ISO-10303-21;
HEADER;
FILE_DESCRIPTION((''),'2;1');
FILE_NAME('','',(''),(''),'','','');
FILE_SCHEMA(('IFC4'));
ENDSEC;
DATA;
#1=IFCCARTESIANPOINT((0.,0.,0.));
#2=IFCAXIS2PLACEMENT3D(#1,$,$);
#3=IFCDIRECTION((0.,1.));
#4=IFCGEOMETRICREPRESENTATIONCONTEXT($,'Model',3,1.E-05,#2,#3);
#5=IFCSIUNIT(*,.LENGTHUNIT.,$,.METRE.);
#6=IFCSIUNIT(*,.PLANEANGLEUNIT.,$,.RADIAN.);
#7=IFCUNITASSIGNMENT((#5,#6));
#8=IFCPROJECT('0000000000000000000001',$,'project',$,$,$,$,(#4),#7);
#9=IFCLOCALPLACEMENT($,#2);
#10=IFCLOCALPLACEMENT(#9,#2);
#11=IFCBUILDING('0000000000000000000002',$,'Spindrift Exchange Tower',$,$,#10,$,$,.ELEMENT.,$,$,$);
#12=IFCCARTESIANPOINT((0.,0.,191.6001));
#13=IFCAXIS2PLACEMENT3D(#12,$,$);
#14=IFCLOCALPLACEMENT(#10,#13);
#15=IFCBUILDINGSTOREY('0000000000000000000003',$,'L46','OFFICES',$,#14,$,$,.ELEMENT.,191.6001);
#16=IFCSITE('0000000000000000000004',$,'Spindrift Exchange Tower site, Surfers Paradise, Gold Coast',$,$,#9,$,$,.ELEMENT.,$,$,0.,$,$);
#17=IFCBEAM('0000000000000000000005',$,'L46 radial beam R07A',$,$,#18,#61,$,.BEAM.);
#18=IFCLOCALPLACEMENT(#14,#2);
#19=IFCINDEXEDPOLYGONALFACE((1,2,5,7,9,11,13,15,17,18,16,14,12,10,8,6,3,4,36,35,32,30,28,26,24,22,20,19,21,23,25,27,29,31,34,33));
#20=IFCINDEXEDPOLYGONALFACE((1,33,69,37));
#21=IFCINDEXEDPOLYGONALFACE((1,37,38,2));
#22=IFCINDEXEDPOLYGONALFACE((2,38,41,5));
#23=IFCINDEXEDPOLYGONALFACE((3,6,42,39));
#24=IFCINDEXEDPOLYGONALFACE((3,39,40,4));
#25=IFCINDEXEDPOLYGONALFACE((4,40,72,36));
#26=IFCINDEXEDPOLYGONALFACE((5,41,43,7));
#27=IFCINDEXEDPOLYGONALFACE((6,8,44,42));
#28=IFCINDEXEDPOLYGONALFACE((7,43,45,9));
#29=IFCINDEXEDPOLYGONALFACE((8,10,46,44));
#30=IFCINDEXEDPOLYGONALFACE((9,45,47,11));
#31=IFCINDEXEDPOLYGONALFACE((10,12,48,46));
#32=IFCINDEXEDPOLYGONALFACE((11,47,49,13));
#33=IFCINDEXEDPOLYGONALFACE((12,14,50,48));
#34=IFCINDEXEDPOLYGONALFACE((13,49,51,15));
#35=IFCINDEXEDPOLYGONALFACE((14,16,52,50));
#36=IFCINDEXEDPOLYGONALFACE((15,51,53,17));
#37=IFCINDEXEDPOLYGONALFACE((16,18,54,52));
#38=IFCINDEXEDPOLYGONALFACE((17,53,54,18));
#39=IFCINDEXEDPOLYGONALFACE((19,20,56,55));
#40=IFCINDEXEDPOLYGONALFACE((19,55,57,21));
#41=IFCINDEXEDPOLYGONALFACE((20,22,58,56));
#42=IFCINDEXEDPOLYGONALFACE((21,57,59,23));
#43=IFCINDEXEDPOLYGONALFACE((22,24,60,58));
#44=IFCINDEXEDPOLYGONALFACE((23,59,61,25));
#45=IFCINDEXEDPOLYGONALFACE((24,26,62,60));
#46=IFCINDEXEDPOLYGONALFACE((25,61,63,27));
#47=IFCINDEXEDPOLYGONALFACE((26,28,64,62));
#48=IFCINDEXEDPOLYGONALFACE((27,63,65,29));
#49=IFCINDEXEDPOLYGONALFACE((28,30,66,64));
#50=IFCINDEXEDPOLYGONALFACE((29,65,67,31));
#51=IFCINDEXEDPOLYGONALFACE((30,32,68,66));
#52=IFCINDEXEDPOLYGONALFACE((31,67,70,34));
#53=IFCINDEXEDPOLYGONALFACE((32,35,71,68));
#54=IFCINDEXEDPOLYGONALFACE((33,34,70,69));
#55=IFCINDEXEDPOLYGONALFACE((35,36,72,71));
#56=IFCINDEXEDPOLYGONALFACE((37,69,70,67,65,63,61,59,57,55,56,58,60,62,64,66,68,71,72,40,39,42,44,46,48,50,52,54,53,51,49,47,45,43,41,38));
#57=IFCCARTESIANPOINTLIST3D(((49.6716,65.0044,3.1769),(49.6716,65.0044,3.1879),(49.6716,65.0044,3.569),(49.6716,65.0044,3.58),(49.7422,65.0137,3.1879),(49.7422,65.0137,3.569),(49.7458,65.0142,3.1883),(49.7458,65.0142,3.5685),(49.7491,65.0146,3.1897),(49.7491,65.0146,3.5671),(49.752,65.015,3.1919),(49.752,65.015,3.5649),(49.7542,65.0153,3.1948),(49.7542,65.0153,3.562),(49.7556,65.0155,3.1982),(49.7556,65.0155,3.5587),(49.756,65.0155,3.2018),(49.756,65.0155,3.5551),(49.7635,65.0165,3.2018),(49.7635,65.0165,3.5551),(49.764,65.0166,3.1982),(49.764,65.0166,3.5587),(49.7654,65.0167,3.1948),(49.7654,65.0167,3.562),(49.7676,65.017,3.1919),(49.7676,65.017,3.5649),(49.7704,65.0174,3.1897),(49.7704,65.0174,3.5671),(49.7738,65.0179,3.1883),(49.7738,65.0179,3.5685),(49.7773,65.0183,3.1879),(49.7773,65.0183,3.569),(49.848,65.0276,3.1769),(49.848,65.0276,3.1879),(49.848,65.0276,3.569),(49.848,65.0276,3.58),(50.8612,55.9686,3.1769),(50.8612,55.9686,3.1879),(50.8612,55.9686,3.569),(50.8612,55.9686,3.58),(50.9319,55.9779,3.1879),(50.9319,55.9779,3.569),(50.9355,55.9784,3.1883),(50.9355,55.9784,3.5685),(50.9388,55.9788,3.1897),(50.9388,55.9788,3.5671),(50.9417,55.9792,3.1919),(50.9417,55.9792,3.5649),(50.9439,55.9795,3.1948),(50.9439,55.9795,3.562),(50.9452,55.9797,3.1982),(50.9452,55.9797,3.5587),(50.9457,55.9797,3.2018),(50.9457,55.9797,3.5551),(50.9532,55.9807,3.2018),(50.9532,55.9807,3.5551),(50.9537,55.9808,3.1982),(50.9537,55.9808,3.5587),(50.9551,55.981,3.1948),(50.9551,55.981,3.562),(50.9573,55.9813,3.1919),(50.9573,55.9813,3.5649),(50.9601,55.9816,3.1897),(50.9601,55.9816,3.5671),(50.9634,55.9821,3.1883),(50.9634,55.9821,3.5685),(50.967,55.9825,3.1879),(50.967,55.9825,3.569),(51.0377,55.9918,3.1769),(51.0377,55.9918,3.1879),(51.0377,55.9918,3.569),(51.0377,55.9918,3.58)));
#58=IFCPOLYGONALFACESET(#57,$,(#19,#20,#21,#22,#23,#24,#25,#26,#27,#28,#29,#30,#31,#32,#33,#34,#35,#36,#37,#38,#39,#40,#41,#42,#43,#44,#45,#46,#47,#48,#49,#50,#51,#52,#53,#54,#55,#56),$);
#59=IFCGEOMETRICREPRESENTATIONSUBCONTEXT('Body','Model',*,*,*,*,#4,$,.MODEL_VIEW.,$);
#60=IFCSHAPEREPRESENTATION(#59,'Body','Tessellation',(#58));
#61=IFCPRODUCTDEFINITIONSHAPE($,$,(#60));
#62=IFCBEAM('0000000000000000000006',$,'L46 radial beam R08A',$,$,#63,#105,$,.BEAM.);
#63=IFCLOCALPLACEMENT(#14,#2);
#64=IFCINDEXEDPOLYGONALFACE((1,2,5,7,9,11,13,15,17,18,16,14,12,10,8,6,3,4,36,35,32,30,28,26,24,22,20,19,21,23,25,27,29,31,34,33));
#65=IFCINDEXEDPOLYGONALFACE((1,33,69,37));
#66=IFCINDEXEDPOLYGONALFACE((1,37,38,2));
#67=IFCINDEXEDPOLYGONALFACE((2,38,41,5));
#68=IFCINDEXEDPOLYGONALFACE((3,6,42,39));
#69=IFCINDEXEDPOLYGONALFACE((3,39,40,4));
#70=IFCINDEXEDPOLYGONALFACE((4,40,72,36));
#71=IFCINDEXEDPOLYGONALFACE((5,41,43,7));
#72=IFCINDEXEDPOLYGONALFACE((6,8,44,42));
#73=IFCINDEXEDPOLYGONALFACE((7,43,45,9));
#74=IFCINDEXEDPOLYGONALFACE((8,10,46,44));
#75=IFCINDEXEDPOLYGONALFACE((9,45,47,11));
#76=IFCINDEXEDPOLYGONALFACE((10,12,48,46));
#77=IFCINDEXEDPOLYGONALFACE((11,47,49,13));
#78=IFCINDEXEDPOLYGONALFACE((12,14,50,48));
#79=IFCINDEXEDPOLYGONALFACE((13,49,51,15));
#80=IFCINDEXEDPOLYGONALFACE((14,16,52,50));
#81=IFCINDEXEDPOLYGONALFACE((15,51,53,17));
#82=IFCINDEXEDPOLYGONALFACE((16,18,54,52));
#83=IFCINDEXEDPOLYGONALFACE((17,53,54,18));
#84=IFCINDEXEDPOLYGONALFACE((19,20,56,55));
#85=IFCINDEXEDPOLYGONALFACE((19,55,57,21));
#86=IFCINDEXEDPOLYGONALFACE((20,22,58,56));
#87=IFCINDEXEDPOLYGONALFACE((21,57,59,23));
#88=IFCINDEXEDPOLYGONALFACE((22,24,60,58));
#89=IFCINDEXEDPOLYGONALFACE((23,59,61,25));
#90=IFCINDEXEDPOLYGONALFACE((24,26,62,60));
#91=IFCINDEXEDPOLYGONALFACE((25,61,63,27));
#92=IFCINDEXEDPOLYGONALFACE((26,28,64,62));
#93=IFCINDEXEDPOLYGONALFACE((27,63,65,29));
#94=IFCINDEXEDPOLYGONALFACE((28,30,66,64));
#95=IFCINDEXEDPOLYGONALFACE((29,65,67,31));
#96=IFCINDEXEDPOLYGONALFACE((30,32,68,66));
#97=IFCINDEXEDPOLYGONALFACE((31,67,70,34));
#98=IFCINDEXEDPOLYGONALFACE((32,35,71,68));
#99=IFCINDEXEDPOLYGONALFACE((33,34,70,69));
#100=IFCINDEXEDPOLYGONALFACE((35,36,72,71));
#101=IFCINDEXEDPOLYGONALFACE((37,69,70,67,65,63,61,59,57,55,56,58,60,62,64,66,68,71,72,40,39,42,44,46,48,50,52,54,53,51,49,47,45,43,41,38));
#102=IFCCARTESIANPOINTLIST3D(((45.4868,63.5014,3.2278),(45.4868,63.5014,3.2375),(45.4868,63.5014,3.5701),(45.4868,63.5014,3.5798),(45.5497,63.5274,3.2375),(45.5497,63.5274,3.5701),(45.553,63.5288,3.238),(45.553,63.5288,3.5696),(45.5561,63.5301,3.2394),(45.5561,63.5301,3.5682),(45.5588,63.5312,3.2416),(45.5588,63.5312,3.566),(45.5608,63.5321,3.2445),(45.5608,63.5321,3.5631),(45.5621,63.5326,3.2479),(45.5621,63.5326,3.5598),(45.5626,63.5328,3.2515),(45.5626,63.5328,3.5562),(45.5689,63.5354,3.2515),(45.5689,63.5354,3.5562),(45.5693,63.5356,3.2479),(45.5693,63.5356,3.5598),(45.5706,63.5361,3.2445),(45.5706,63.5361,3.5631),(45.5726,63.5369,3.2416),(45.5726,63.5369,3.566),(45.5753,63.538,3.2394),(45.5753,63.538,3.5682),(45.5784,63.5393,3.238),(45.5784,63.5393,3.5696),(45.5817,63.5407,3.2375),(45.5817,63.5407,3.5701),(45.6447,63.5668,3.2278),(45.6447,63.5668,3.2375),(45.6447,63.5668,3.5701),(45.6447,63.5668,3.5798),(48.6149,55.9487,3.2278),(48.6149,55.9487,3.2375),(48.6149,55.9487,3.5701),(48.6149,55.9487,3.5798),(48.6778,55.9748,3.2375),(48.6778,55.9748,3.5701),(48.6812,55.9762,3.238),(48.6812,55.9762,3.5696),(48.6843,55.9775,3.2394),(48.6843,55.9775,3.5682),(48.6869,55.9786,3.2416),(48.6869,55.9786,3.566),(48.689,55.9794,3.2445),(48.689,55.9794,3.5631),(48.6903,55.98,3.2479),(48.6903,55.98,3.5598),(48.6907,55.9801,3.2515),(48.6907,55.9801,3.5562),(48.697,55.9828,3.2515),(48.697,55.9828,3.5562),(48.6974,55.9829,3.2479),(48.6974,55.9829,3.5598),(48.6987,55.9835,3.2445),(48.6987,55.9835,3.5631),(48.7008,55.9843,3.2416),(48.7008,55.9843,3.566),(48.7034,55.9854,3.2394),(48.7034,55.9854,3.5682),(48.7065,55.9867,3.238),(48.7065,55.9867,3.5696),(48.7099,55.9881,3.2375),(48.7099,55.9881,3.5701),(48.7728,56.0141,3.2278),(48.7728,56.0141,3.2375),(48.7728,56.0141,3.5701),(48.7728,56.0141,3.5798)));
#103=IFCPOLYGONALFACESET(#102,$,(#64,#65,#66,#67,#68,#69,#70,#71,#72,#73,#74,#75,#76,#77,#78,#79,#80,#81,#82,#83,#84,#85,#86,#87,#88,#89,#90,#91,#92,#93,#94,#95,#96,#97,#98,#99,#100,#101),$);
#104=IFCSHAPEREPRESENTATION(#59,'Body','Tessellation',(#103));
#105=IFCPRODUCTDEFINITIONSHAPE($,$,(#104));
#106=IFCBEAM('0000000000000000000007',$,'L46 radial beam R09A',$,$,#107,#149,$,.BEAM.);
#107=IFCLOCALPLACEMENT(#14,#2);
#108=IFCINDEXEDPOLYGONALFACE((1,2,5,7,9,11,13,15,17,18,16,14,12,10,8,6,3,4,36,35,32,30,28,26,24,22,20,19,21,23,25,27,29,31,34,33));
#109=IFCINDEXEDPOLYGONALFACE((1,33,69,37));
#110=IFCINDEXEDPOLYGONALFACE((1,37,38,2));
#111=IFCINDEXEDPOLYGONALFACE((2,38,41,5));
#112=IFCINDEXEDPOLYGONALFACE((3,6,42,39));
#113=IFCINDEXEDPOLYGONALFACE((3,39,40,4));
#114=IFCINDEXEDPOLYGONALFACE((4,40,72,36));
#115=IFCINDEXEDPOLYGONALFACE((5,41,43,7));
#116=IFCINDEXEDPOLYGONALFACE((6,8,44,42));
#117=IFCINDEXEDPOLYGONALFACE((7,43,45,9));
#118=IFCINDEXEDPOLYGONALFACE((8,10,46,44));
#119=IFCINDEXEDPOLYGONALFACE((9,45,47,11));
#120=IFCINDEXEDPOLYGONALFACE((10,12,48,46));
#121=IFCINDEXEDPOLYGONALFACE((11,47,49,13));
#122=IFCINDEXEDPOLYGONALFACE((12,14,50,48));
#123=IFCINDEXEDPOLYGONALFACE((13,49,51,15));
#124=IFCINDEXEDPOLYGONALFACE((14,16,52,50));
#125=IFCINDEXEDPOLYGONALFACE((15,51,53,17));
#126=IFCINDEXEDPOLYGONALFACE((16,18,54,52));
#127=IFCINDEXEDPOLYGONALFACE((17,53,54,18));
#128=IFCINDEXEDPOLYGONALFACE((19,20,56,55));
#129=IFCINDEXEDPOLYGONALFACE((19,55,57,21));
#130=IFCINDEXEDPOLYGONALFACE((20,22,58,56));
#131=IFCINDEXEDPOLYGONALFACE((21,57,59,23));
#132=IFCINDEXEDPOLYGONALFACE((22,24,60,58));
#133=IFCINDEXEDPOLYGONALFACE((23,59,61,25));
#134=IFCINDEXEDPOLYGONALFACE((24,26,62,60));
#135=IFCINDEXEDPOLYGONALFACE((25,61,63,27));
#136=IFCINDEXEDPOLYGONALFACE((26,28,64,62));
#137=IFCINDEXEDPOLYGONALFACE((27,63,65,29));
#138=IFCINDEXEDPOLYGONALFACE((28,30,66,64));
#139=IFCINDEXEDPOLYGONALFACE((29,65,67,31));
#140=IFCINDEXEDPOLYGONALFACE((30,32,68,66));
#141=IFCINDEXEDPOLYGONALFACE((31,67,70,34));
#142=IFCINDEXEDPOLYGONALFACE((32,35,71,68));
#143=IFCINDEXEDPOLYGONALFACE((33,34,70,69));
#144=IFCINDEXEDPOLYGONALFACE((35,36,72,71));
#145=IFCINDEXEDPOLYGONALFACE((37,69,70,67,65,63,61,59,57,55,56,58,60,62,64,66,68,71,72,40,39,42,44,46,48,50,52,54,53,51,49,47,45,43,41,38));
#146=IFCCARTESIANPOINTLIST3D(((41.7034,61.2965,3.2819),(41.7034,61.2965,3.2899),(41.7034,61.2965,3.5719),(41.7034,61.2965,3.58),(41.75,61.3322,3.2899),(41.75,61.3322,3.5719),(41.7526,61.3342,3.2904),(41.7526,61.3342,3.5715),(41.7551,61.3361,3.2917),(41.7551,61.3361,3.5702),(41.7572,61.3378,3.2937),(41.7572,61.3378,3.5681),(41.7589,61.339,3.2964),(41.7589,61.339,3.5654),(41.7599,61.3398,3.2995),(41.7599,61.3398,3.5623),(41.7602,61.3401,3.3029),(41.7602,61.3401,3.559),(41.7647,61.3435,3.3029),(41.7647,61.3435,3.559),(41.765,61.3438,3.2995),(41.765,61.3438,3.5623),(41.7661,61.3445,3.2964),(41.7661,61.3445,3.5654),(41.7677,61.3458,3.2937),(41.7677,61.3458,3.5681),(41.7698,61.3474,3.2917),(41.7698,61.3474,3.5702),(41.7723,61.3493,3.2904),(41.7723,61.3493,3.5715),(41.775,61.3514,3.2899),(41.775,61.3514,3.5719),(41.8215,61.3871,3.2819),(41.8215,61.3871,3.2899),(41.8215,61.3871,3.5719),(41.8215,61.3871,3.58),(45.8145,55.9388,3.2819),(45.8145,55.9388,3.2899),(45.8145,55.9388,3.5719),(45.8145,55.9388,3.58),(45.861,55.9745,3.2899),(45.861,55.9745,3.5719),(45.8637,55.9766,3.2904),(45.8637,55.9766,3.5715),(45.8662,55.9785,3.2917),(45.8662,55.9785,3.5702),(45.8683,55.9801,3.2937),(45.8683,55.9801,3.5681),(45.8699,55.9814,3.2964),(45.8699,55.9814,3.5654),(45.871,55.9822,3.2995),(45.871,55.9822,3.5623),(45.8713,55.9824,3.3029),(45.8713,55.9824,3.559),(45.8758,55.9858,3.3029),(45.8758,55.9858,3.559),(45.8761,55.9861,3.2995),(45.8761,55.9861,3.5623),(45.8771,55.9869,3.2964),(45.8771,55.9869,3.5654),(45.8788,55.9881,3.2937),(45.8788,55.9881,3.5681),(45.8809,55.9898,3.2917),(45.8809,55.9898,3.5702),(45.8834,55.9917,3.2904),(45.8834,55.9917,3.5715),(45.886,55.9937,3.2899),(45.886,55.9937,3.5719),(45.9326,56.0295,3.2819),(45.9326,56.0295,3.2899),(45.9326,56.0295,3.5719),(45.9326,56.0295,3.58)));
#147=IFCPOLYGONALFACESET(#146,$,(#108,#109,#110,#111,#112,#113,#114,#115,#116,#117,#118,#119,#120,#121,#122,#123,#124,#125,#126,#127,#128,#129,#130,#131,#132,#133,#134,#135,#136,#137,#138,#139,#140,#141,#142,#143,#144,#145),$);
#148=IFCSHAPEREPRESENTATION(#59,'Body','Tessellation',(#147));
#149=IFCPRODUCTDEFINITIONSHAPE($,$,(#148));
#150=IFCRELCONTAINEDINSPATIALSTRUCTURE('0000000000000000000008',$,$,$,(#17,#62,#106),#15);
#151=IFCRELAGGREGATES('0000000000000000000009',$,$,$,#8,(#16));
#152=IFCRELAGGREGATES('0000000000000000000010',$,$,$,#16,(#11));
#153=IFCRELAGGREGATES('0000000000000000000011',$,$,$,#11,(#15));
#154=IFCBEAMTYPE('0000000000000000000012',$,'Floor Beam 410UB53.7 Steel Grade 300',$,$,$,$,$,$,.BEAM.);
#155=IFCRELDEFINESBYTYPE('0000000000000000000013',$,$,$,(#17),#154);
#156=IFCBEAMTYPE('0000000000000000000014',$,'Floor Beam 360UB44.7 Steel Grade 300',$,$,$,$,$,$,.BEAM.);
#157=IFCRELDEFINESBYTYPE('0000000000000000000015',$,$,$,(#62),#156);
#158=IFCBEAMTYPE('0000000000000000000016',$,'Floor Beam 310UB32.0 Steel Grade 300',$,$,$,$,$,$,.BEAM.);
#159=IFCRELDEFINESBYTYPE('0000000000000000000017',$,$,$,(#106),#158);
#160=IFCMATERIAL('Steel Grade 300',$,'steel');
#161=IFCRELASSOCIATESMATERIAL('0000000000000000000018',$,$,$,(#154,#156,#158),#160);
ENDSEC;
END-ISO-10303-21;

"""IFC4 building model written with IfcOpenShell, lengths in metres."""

from ifc_helpers import new_model, si_unit, direction, frame, origin, origin_2d, place, context, subcontext, project, spatial, i_section, extrude, source, transform, mapped, material, material_profile, profile_set, type_object, element, save


model = new_model("IFC4")

# Units and contexts
model_context = context("Model", 3, precision=1e-05, world=origin(), true_north=direction((0.0, 1.0)))
body_context = subcontext(model_context, "Body", "Model", "MODEL_VIEW")
ifc_project = project(units=[si_unit("LENGTHUNIT", "METRE"), si_unit("PLANEANGLEUNIT", "RADIAN")], contexts=[model_context])

# Site, building, storey
site_placement = place(None, origin())
site = spatial("IfcSite", under=ifc_project, at=site_placement, Name="Spindrift Exchange Tower site, Surfers Paradise, Gold Coast", CompositionType="ELEMENT", RefElevation=0.0)
building_placement = place(site_placement, origin())
building = spatial("IfcBuilding", under=site, at=building_placement, Name="Spindrift Exchange Tower", CompositionType="ELEMENT")
storey_placement = place(building_placement, frame((0.0, 0.0, 191.6001)))
storey = spatial("IfcBuildingStorey", under=building, at=storey_placement, Name="L46", Description="OFFICES", CompositionType="ELEMENT", Elevation=191.6001)

# Beams
ifc_material_1 = material(Name="Steel Grade 300", Category="steel")
ifc_material_profile_1 = material_profile(ifc_material_1, i_section(OverallWidth=0.178, OverallDepth=0.4031, WebThickness=0.0076, FlangeThickness=0.011, FilletRadius=0.0139, at=origin_2d()), Name="410UB53.7")
ifc_profile_set_1 = profile_set([ifc_material_profile_1], Name="Steel Grade 300")
beam_type_1 = type_object("IfcBeamType", Name="Floor Beam 410UB53.7 Steel Grade 300", PredefinedType="BEAM", material=ifc_profile_set_1)
shared_shape_1 = source(origin(), body_context, "Body", "SweptSolid", [
    extrude(i_section(OverallWidth=0.178, OverallDepth=0.4031, WebThickness=0.0076, FlangeThickness=0.011, FilletRadius=0.0139, at=origin_2d()), origin(), (0.0, 0.0, 1.0), 9.1138),
])
beam_1_placement = place(storey_placement, frame((50.9495, 55.9802, 3.3784), z_axis=(-0.130537, 0.991443, 0.0), x_axis=(-0.991443, -0.130537, 0.0)))
element("IfcBeam", 1, at=beam_1_placement, inside=storey, type_object=beam_type_1, Name="L46 radial beam R07A", PredefinedType="BEAM", context=body_context, shape_type="MappedRepresentation", body=[
    mapped(shared_shape_1, transform((0.0, 0.0, 0.0), scale=1.0)),
])
ifc_material_profile_2 = material_profile(ifc_material_1, i_section(OverallWidth=0.1709, OverallDepth=0.3521, WebThickness=0.0068, FlangeThickness=0.0098, FilletRadius=0.0139, at=origin_2d()), Name="360UB44.7")
ifc_profile_set_2 = profile_set([ifc_material_profile_2], Name="Steel Grade 300")
beam_type_2 = type_object("IfcBeamType", Name="Floor Beam 360UB44.7 Steel Grade 300", PredefinedType="BEAM", material=ifc_profile_set_2)
shared_shape_2 = source(origin(), body_context, "Body", "SweptSolid", [
    extrude(i_section(OverallWidth=0.1709, OverallDepth=0.3521, WebThickness=0.0068, FlangeThickness=0.0098, FilletRadius=0.0139, at=origin_2d()), origin(), (0.0, 0.0, 1.0), 8.1748),
])
beam_2_placement = place(storey_placement, frame((48.6938, 55.9814, 3.4038), z_axis=(-0.382655, 0.923891, 0.0), x_axis=(-0.923891, -0.382655, 0.0)))
element("IfcBeam", 2, at=beam_2_placement, inside=storey, type_object=beam_type_2, Name="L46 radial beam R08A", PredefinedType="BEAM", context=body_context, shape_type="MappedRepresentation", body=[
    mapped(shared_shape_2, transform((0.0, 0.0, 0.0), scale=1.0)),
])
ifc_material_profile_3 = material_profile(ifc_material_1, i_section(OverallWidth=0.1489, OverallDepth=0.2981, WebThickness=0.0056, FlangeThickness=0.0081, FilletRadius=0.0129, at=origin_2d()), Name="310UB32.0")
ifc_profile_set_3 = profile_set([ifc_material_profile_3], Name="Steel Grade 300")
beam_type_3 = type_object("IfcBeamType", Name="Floor Beam 310UB32.0 Steel Grade 300", PredefinedType="BEAM", material=ifc_profile_set_3)
shared_shape_3 = source(origin(), body_context, "Body", "SweptSolid", [
    extrude(i_section(OverallWidth=0.1489, OverallDepth=0.2981, WebThickness=0.0056, FlangeThickness=0.0081, FilletRadius=0.0129, at=origin_2d()), origin(), (0.0, 0.0, 1.0), 6.7532),
])
beam_3_placement = place(storey_placement, frame((45.8735, 55.9841, 3.4309), z_axis=(-0.608762, 0.793353, 0.0), x_axis=(-0.793353, -0.608762, 0.0)))
element("IfcBeam", 3, at=beam_3_placement, inside=storey, type_object=beam_type_3, Name="L46 radial beam R09A", PredefinedType="BEAM", context=body_context, shape_type="MappedRepresentation", body=[
    mapped(shared_shape_3, transform((0.0, 0.0, 0.0), scale=1.0)),
])

save(model, "model.ifc")
